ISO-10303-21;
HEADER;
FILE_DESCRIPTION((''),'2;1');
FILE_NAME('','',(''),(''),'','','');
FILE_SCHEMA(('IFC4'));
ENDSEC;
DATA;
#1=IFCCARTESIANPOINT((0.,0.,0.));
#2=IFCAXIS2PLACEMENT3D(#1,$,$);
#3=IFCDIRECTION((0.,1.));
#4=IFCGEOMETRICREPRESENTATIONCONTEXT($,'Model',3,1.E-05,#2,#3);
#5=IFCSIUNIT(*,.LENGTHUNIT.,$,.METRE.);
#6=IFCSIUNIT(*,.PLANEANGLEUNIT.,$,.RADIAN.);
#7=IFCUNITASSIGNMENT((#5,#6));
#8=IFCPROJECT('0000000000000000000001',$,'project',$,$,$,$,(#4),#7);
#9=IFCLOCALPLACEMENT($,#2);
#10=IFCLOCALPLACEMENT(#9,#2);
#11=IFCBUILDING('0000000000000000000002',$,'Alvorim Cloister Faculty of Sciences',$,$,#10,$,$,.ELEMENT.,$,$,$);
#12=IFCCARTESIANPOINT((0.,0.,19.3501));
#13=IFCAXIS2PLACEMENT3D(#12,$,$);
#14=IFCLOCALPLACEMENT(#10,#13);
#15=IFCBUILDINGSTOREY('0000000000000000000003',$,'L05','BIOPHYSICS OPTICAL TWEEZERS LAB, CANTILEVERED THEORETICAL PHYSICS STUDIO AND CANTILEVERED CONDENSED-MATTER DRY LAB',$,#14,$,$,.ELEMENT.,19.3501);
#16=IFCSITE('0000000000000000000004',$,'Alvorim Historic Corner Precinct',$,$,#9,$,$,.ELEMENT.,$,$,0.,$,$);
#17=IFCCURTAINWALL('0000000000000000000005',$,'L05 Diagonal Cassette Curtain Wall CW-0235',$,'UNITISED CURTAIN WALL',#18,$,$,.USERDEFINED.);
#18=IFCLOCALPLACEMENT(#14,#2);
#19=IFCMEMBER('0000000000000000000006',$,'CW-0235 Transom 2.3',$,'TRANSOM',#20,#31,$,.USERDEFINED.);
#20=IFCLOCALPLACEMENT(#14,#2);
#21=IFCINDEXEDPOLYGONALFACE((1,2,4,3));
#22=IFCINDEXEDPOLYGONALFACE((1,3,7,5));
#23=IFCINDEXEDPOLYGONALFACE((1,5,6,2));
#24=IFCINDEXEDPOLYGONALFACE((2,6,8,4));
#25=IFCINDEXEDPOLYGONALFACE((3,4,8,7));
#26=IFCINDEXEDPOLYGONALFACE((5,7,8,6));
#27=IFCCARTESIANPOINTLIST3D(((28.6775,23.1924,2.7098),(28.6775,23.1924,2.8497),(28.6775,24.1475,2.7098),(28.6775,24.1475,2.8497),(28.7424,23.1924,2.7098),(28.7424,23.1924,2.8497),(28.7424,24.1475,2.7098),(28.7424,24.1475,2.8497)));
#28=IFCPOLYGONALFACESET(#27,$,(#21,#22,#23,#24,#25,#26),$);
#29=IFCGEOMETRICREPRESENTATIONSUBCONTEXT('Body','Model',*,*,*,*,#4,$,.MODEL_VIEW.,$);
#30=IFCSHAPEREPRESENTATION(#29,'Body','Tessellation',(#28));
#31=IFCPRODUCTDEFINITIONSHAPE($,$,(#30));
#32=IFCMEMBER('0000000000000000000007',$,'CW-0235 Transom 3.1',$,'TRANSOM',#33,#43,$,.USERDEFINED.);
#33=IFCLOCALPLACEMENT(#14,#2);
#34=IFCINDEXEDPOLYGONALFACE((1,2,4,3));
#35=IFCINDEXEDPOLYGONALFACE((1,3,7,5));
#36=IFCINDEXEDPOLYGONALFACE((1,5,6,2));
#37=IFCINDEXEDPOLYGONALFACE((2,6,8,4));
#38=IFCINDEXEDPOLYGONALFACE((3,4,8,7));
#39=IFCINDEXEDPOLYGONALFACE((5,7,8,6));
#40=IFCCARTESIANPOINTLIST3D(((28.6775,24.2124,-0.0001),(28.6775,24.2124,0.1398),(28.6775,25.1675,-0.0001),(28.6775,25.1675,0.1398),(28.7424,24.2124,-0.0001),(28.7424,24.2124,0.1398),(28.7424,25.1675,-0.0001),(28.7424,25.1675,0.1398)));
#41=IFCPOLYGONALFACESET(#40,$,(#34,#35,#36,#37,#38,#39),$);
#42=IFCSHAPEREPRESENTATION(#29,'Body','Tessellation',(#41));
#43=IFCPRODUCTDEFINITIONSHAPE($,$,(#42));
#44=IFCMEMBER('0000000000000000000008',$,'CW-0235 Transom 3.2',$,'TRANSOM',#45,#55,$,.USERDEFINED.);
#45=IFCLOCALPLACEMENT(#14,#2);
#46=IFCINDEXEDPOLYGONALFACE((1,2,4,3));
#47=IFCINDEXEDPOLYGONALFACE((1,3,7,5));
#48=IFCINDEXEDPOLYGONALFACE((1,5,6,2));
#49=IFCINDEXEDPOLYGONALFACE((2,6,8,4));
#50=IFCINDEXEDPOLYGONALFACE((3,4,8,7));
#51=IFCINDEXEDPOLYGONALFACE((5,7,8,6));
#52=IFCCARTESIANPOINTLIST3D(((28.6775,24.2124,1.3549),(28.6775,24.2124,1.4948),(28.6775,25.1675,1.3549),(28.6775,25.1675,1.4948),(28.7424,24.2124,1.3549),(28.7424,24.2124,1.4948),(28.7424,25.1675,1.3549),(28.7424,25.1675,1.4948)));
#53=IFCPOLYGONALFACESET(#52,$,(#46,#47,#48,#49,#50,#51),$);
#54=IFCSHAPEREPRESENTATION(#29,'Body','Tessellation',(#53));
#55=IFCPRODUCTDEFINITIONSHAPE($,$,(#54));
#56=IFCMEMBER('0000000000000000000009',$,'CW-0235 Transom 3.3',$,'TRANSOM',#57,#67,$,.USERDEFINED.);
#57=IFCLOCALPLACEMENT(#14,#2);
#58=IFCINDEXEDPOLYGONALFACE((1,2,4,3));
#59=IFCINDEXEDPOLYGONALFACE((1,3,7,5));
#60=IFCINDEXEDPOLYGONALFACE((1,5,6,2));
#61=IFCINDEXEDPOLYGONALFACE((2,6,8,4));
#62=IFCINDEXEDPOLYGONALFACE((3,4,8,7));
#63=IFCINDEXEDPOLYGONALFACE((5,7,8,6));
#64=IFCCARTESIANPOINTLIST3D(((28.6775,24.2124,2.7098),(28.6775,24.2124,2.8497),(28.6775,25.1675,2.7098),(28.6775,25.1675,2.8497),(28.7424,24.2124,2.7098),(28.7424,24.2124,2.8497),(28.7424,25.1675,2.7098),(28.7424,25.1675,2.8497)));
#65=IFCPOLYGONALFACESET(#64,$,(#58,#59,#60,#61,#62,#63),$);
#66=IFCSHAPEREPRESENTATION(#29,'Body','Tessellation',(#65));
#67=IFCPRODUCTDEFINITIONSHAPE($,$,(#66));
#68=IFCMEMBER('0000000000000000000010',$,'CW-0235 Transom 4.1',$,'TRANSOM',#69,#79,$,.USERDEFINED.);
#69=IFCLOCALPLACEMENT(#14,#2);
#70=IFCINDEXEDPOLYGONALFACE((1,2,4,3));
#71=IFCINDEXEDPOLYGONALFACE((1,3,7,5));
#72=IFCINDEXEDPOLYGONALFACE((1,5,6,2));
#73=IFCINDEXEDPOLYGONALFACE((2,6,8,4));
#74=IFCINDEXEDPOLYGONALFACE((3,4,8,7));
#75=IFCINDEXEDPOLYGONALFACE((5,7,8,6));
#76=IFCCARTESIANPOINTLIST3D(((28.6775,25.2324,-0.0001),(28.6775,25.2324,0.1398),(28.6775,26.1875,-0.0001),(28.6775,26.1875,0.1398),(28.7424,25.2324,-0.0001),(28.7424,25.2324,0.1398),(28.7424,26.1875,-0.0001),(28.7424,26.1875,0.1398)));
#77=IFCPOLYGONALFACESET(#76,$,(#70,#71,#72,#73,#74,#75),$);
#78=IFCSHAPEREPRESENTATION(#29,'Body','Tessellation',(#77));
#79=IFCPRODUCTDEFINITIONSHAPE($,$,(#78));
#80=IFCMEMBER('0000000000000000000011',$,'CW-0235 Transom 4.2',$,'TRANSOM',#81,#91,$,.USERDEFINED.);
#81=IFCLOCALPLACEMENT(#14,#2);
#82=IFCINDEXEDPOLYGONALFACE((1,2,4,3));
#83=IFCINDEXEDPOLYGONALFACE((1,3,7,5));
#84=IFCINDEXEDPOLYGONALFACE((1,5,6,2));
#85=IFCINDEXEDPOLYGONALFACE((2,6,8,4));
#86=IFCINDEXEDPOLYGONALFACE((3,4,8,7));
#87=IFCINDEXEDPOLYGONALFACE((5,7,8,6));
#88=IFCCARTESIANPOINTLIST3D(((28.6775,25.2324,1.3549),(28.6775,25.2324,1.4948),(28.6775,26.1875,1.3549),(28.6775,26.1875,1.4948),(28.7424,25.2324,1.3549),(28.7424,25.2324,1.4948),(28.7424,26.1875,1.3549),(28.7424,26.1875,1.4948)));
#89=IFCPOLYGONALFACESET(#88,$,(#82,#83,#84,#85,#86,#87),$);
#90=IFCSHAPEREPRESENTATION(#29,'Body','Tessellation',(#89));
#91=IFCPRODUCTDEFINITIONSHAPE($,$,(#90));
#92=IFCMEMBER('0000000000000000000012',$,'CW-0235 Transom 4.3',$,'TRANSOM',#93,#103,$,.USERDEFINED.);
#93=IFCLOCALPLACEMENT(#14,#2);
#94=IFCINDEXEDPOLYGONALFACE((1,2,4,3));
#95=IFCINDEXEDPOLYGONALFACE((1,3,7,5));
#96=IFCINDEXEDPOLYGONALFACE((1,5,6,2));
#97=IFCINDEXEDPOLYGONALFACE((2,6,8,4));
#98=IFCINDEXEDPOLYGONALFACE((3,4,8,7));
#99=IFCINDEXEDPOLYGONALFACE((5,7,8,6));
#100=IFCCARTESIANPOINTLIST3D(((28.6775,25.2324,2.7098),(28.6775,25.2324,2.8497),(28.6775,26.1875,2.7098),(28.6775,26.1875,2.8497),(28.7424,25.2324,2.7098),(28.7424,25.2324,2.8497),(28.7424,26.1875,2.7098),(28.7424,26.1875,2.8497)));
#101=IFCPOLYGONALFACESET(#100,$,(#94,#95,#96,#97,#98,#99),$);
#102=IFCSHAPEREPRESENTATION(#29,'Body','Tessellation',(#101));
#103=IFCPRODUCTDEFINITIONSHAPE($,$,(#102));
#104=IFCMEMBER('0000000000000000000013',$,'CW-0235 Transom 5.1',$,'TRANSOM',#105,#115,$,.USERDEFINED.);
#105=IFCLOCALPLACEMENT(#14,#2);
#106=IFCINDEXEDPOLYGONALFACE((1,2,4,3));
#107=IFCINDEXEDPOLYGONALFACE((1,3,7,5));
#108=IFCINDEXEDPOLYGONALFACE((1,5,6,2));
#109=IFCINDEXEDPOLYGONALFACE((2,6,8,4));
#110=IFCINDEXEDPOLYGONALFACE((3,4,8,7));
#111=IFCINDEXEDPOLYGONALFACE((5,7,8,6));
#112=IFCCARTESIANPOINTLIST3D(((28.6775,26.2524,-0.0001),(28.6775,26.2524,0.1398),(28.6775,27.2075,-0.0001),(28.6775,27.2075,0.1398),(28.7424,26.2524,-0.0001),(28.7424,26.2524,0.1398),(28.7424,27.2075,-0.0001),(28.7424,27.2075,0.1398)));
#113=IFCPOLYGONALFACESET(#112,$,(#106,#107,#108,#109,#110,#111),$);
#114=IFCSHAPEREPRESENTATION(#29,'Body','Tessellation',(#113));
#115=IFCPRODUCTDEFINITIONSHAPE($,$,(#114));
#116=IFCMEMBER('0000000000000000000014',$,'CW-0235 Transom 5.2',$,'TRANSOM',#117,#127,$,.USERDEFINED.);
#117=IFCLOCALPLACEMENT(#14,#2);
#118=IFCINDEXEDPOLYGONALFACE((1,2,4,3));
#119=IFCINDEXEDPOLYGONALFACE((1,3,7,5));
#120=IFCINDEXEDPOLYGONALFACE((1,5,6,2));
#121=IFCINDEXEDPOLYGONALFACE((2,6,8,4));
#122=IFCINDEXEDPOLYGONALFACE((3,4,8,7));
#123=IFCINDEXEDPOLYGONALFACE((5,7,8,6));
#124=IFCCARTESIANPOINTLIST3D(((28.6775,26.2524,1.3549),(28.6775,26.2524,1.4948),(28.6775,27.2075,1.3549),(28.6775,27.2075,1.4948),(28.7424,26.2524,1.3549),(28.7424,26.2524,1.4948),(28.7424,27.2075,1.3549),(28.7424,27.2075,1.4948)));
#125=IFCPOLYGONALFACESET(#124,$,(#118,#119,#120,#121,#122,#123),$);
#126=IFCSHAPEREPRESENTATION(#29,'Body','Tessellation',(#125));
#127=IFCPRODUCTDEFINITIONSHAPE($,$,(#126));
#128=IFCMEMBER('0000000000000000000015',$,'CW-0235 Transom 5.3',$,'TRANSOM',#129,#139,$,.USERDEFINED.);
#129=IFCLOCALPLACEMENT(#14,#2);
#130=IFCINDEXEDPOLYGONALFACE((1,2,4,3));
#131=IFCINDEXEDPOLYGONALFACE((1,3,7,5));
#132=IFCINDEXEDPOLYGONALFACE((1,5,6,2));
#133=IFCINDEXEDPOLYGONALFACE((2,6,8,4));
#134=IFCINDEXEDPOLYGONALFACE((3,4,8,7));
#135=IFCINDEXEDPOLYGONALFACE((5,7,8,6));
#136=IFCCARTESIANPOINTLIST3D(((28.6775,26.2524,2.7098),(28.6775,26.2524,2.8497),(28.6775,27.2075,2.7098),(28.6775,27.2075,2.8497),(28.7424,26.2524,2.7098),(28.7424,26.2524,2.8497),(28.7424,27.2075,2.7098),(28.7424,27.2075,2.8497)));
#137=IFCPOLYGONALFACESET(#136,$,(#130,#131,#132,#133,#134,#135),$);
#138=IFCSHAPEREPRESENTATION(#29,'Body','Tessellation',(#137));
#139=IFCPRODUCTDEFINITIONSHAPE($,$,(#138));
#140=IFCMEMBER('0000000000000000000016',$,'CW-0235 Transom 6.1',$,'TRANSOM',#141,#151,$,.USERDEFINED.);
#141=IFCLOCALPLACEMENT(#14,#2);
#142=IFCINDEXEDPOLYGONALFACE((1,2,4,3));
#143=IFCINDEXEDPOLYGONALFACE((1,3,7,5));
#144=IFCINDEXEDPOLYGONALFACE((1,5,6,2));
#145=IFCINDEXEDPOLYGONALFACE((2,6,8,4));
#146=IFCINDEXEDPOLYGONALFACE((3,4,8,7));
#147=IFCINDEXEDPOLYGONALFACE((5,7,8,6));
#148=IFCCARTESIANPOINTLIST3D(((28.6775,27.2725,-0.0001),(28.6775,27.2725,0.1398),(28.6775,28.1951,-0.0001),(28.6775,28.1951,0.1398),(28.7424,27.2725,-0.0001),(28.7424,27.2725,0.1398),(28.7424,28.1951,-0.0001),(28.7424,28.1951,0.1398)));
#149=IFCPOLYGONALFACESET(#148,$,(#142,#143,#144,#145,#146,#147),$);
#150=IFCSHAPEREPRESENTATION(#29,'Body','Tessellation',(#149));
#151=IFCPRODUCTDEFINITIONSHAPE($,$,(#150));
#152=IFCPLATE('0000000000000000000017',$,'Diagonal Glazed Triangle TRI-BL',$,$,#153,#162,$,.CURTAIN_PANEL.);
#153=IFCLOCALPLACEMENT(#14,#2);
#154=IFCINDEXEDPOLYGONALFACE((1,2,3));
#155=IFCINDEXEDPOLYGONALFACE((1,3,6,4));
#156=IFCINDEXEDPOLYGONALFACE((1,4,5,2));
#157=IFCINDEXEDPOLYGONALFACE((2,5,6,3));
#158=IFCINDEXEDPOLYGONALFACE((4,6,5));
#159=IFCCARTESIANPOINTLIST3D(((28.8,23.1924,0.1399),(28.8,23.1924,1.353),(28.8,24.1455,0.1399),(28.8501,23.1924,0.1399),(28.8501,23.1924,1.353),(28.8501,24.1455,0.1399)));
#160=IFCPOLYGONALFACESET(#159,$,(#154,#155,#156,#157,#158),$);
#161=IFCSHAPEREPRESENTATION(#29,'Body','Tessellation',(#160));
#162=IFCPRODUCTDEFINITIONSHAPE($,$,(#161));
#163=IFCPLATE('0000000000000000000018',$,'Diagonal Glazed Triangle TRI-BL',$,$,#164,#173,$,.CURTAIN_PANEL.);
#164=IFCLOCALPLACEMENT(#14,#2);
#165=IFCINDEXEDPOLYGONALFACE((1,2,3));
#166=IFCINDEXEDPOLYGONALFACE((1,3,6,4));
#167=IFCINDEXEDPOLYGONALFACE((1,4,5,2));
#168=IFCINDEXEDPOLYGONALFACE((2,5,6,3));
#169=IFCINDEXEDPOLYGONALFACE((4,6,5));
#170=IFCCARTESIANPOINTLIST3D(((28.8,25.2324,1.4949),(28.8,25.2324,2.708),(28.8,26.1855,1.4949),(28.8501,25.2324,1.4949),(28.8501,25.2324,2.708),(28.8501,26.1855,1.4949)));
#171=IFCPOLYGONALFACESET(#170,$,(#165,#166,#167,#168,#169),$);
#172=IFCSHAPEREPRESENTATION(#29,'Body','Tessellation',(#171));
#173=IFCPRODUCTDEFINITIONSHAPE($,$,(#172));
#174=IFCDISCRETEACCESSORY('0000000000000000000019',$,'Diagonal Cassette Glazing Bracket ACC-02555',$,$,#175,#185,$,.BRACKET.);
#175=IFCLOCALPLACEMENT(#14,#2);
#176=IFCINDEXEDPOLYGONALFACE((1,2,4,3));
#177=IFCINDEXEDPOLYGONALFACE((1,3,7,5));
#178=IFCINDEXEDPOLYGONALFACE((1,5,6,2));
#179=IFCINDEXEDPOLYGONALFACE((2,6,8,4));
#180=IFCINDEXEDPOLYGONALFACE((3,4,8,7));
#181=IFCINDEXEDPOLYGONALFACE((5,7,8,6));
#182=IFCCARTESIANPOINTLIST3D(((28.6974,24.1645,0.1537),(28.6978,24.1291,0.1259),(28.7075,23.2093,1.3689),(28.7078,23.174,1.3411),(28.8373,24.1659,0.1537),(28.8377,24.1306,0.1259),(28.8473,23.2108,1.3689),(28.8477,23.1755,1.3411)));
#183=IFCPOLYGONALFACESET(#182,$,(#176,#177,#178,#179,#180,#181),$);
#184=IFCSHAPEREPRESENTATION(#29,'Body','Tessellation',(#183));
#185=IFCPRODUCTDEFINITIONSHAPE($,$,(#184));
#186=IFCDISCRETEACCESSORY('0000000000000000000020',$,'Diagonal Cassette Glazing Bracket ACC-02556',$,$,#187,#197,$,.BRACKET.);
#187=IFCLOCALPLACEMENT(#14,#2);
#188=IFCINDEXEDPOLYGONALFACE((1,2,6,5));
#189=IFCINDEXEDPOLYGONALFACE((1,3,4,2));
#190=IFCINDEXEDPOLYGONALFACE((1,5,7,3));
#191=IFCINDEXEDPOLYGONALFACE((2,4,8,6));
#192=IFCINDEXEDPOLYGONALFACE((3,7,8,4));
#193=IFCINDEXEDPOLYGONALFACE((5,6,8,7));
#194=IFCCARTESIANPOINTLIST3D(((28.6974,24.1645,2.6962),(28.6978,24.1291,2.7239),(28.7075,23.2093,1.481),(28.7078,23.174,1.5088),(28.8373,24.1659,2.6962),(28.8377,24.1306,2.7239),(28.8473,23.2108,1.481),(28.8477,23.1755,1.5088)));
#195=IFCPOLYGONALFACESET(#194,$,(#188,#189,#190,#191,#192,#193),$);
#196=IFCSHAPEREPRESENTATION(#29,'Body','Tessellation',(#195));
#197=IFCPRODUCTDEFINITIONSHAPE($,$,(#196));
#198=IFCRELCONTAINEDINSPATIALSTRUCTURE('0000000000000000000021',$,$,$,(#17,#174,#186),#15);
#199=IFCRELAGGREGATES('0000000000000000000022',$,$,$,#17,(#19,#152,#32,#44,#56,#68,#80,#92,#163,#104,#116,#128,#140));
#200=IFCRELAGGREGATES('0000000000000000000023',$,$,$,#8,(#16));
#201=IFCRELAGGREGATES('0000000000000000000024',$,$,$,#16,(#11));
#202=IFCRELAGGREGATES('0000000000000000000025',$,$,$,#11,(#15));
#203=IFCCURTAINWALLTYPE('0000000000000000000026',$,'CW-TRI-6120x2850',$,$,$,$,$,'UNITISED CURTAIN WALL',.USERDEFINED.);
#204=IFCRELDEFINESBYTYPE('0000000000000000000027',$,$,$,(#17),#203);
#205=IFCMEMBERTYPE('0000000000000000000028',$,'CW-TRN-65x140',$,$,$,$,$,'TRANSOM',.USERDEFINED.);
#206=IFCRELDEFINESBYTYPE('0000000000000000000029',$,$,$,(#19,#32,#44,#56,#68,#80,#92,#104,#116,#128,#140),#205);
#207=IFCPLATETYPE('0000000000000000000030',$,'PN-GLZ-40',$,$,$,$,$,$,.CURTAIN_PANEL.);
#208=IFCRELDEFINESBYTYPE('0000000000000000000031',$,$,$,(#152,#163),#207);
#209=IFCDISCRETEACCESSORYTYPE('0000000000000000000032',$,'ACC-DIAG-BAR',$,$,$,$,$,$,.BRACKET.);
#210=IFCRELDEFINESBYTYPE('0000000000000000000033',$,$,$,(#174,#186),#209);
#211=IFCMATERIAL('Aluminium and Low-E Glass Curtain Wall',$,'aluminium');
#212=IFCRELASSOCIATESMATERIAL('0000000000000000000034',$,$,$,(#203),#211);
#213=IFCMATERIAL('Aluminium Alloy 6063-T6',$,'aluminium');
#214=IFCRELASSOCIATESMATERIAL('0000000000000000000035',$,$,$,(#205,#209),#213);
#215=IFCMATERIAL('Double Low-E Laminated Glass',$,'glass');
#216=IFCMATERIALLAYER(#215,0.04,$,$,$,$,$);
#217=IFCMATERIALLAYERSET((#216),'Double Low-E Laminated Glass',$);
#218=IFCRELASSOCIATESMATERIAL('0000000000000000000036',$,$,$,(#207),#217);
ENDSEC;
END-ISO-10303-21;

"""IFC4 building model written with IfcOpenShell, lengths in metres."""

from ifc_helpers import new_model, si_unit, direction, frame, origin, origin_2d, place, context, subcontext, project, spatial, polyline, rectangle, outline, extrude, material, layer, layer_set, material_profile, profile_set, type_object, element, aggregate, save


model = new_model("IFC4")

# Units and contexts
model_context = context("Model", 3, precision=1e-05, world=origin(), true_north=direction((0.0, 1.0)))
body_context = subcontext(model_context, "Body", "Model", "MODEL_VIEW")
ifc_project = project(units=[si_unit("LENGTHUNIT", "METRE"), si_unit("PLANEANGLEUNIT", "RADIAN")], contexts=[model_context])

# Site, building, storey
site_placement = place(None, origin())
site = spatial("IfcSite", under=ifc_project, at=site_placement, Name="Alvorim Historic Corner Precinct", CompositionType="ELEMENT", RefElevation=0.0)
building_placement = place(site_placement, origin())
building = spatial("IfcBuilding", under=site, at=building_placement, Name="Alvorim Cloister Faculty of Sciences", CompositionType="ELEMENT")
storey_placement = place(building_placement, frame((0.0, 0.0, 19.3501)))
storey = spatial("IfcBuildingStorey", under=building, at=storey_placement, Name="L05", Description="BIOPHYSICS OPTICAL TWEEZERS LAB, CANTILEVERED THEORETICAL PHYSICS STUDIO AND CANTILEVERED CONDENSED-MATTER DRY LAB", CompositionType="ELEMENT", Elevation=19.3501)

# Curtain wall, members, plates
ifc_material_1 = material(Name="Aluminium and Low-E Glass Curtain Wall", Category="aluminium")
curtain_wall_type = type_object("IfcCurtainWallType", Name="CW-TRI-6120x2850", ElementType="UNITISED CURTAIN WALL", PredefinedType="USERDEFINED", material=ifc_material_1)
curtain_wall_placement = place(storey_placement, origin())
curtain_wall = element("IfcCurtainWall", 1, at=curtain_wall_placement, inside=storey, type_object=curtain_wall_type, Name="L05 Diagonal Cassette Curtain Wall CW-0235", ObjectType="UNITISED CURTAIN WALL", PredefinedType="USERDEFINED")
ifc_material_2 = material(Name="Aluminium Alloy 6063-T6", Category="aluminium")
ifc_material_profile = material_profile(ifc_material_2, rectangle(XDim=0.0649, YDim=0.1399, at=origin_2d()), Name="ALU-TRN-65x140")
ifc_profile_set = profile_set([ifc_material_profile], Name="Aluminium Alloy 6063-T6")
member_type = type_object("IfcMemberType", Name="CW-TRN-65x140", ElementType="TRANSOM", PredefinedType="USERDEFINED", material=ifc_profile_set)
member_1_placement = place(storey_placement, frame((28.71, 23.1924, 2.7798), z_axis=(0.0, 1.0, 0.0), x_axis=(-1.0, 0.0, 0.0)))
member_1 = element("IfcMember", 2, at=member_1_placement, type_object=member_type, Name="CW-0235 Transom 2.3", ObjectType="TRANSOM", PredefinedType="USERDEFINED", context=body_context, shape_type="SweptSolid", body=[
    extrude(rectangle(XDim=0.0649, YDim=0.1399, at=origin_2d()), origin(), (0.0, 0.0, 1.0), 0.9551),
])
member_2_placement = place(storey_placement, frame((28.71, 24.2124, 0.0698), z_axis=(0.0, 1.0, 0.0), x_axis=(-1.0, 0.0, 0.0)))
member_2 = element("IfcMember", 3, at=member_2_placement, type_object=member_type, Name="CW-0235 Transom 3.1", ObjectType="TRANSOM", PredefinedType="USERDEFINED", context=body_context, shape_type="SweptSolid", body=[
    extrude(rectangle(XDim=0.0649, YDim=0.1399, at=origin_2d()), origin(), (0.0, 0.0, 1.0), 0.9551),
])
member_3_placement = place(storey_placement, frame((28.71, 24.2124, 1.4248), z_axis=(0.0, 1.0, 0.0), x_axis=(-1.0, 0.0, 0.0)))
member_3 = element("IfcMember", 4, at=member_3_placement, type_object=member_type, Name="CW-0235 Transom 3.2", ObjectType="TRANSOM", PredefinedType="USERDEFINED", context=body_context, shape_type="SweptSolid", body=[
    extrude(rectangle(XDim=0.0649, YDim=0.1399, at=origin_2d()), origin(), (0.0, 0.0, 1.0), 0.9551),
])
member_4_placement = place(storey_placement, frame((28.71, 24.2124, 2.7798), z_axis=(0.0, 1.0, 0.0), x_axis=(-1.0, 0.0, 0.0)))
member_4 = element("IfcMember", 5, at=member_4_placement, type_object=member_type, Name="CW-0235 Transom 3.3", ObjectType="TRANSOM", PredefinedType="USERDEFINED", context=body_context, shape_type="SweptSolid", body=[
    extrude(rectangle(XDim=0.0649, YDim=0.1399, at=origin_2d()), origin(), (0.0, 0.0, 1.0), 0.9551),
])
member_5_placement = place(storey_placement, frame((28.71, 25.2324, 0.0698), z_axis=(0.0, 1.0, 0.0), x_axis=(-1.0, 0.0, 0.0)))
member_5 = element("IfcMember", 6, at=member_5_placement, type_object=member_type, Name="CW-0235 Transom 4.1", ObjectType="TRANSOM", PredefinedType="USERDEFINED", context=body_context, shape_type="SweptSolid", body=[
    extrude(rectangle(XDim=0.0649, YDim=0.1399, at=origin_2d()), origin(), (0.0, 0.0, 1.0), 0.9551),
])
member_6_placement = place(storey_placement, frame((28.71, 25.2324, 1.4248), z_axis=(0.0, 1.0, 0.0), x_axis=(-1.0, 0.0, 0.0)))
member_6 = element("IfcMember", 7, at=member_6_placement, type_object=member_type, Name="CW-0235 Transom 4.2", ObjectType="TRANSOM", PredefinedType="USERDEFINED", context=body_context, shape_type="SweptSolid", body=[
    extrude(rectangle(XDim=0.0649, YDim=0.1399, at=origin_2d()), origin(), (0.0, 0.0, 1.0), 0.9551),
])
member_7_placement = place(storey_placement, frame((28.71, 25.2324, 2.7798), z_axis=(0.0, 1.0, 0.0), x_axis=(-1.0, 0.0, 0.0)))
member_7 = element("IfcMember", 8, at=member_7_placement, type_object=member_type, Name="CW-0235 Transom 4.3", ObjectType="TRANSOM", PredefinedType="USERDEFINED", context=body_context, shape_type="SweptSolid", body=[
    extrude(rectangle(XDim=0.0649, YDim=0.1399, at=origin_2d()), origin(), (0.0, 0.0, 1.0), 0.9551),
])
member_8_placement = place(storey_placement, frame((28.71, 26.2524, 0.0698), z_axis=(0.0, 1.0, 0.0), x_axis=(-1.0, 0.0, 0.0)))
member_8 = element("IfcMember", 9, at=member_8_placement, type_object=member_type, Name="CW-0235 Transom 5.1", ObjectType="TRANSOM", PredefinedType="USERDEFINED", context=body_context, shape_type="SweptSolid", body=[
    extrude(rectangle(XDim=0.0649, YDim=0.1399, at=origin_2d()), origin(), (0.0, 0.0, 1.0), 0.9551),
])
member_9_placement = place(storey_placement, frame((28.71, 26.2524, 1.4248), z_axis=(0.0, 1.0, 0.0), x_axis=(-1.0, 0.0, 0.0)))
member_9 = element("IfcMember", 10, at=member_9_placement, type_object=member_type, Name="CW-0235 Transom 5.2", ObjectType="TRANSOM", PredefinedType="USERDEFINED", context=body_context, shape_type="SweptSolid", body=[
    extrude(rectangle(XDim=0.0649, YDim=0.1399, at=origin_2d()), origin(), (0.0, 0.0, 1.0), 0.9551),
])
member_10_placement = place(storey_placement, frame((28.71, 26.2524, 2.7798), z_axis=(0.0, 1.0, 0.0), x_axis=(-1.0, 0.0, 0.0)))
member_10 = element("IfcMember", 11, at=member_10_placement, type_object=member_type, Name="CW-0235 Transom 5.3", ObjectType="TRANSOM", PredefinedType="USERDEFINED", context=body_context, shape_type="SweptSolid", body=[
    extrude(rectangle(XDim=0.0649, YDim=0.1399, at=origin_2d()), origin(), (0.0, 0.0, 1.0), 0.9551),
])
member_11_placement = place(storey_placement, frame((28.71, 27.2725, 0.0698), z_axis=(0.0, 1.0, 0.0), x_axis=(-1.0, 0.0, 0.0)))
member_11 = element("IfcMember", 12, at=member_11_placement, type_object=member_type, Name="CW-0235 Transom 6.1", ObjectType="TRANSOM", PredefinedType="USERDEFINED", context=body_context, shape_type="SweptSolid", body=[
    extrude(rectangle(XDim=0.0649, YDim=0.1399, at=origin_2d()), origin(), (0.0, 0.0, 1.0), 0.9226),
])
ifc_material_3 = material(Name="Double Low-E Laminated Glass", Category="glass")
ifc_layer = layer(ifc_material_3, 0.04)
ifc_layer_set = layer_set([ifc_layer], Name="Double Low-E Laminated Glass")
plate_type = type_object("IfcPlateType", Name="PN-GLZ-40", PredefinedType="CURTAIN_PANEL", material=ifc_layer_set)
plate_1_placement = place(storey_placement, frame((28.825, 23.1924, 0.1399), z_axis=(0.0, 0.0, 1.0), x_axis=(0.0, 1.0, 0.0)))
plate_1 = element("IfcPlate", 13, at=plate_1_placement, type_object=plate_type, Name="Diagonal Glazed Triangle TRI-BL", PredefinedType="CURTAIN_PANEL", context=body_context, shape_type="SweptSolid", body=[
    extrude(outline(polyline([(0.0, 0.0), (0.9531, 0.0), (0.0, 1.2131), (0.0, 0.0)])), frame((0.0, 0.0249, 0.0), z_axis=(0.0, -1.0, 0.0), x_axis=(1.0, 0.0, 0.0)), (0.0, 0.0, 1.0), 0.05),
])
plate_2_placement = place(storey_placement, frame((28.825, 25.2324, 1.4949), z_axis=(0.0, 0.0, 1.0), x_axis=(0.0, 1.0, 0.0)))
plate_2 = element("IfcPlate", 14, at=plate_2_placement, type_object=plate_type, Name="Diagonal Glazed Triangle TRI-BL", PredefinedType="CURTAIN_PANEL", context=body_context, shape_type="SweptSolid", body=[
    extrude(outline(polyline([(0.0, 0.0), (0.9531, 0.0), (0.0, 1.2131), (0.0, 0.0)])), frame((0.0, 0.0249, 0.0), z_axis=(0.0, -1.0, 0.0), x_axis=(1.0, 0.0, 0.0)), (0.0, 0.0, 1.0), 0.05),
])
aggregate(curtain_wall, [member_1, plate_1, member_2, member_3, member_4, member_5, member_6, member_7, plate_2, member_8, member_9, member_10, member_11])

# Discrete accessories
discrete_accessory_type = type_object("IfcDiscreteAccessoryType", Name="ACC-DIAG-BAR", PredefinedType="BRACKET", material=ifc_material_2)
for number, where, z_axis, x_axis, name in (
    (15, (28.7776, 23.1924, 1.355), (-0.006477, 0.617955, -0.786187), (-0.999945, -0.01048, 0.0), "Diagonal Cassette Glazing Bracket ACC-02555"),
    (16, (28.7776, 23.1924, 1.4949), (-0.006477, 0.617955, 0.786187), (-0.999945, -0.01048, 0.0), "Diagonal Cassette Glazing Bracket ACC-02556"),
):
    element("IfcDiscreteAccessory", number, at=place(storey_placement, frame(where, z_axis=z_axis, x_axis=x_axis)), inside=storey, type_object=discrete_accessory_type, Name=name, PredefinedType="BRACKET", context=body_context, shape_type="SweptSolid", body=[
        extrude(rectangle(XDim=0.1399, YDim=0.0449, at=origin_2d()), origin(), (0.0, 0.0, 1.0), 1.5457),
    ])

save(model, "model.ifc")
